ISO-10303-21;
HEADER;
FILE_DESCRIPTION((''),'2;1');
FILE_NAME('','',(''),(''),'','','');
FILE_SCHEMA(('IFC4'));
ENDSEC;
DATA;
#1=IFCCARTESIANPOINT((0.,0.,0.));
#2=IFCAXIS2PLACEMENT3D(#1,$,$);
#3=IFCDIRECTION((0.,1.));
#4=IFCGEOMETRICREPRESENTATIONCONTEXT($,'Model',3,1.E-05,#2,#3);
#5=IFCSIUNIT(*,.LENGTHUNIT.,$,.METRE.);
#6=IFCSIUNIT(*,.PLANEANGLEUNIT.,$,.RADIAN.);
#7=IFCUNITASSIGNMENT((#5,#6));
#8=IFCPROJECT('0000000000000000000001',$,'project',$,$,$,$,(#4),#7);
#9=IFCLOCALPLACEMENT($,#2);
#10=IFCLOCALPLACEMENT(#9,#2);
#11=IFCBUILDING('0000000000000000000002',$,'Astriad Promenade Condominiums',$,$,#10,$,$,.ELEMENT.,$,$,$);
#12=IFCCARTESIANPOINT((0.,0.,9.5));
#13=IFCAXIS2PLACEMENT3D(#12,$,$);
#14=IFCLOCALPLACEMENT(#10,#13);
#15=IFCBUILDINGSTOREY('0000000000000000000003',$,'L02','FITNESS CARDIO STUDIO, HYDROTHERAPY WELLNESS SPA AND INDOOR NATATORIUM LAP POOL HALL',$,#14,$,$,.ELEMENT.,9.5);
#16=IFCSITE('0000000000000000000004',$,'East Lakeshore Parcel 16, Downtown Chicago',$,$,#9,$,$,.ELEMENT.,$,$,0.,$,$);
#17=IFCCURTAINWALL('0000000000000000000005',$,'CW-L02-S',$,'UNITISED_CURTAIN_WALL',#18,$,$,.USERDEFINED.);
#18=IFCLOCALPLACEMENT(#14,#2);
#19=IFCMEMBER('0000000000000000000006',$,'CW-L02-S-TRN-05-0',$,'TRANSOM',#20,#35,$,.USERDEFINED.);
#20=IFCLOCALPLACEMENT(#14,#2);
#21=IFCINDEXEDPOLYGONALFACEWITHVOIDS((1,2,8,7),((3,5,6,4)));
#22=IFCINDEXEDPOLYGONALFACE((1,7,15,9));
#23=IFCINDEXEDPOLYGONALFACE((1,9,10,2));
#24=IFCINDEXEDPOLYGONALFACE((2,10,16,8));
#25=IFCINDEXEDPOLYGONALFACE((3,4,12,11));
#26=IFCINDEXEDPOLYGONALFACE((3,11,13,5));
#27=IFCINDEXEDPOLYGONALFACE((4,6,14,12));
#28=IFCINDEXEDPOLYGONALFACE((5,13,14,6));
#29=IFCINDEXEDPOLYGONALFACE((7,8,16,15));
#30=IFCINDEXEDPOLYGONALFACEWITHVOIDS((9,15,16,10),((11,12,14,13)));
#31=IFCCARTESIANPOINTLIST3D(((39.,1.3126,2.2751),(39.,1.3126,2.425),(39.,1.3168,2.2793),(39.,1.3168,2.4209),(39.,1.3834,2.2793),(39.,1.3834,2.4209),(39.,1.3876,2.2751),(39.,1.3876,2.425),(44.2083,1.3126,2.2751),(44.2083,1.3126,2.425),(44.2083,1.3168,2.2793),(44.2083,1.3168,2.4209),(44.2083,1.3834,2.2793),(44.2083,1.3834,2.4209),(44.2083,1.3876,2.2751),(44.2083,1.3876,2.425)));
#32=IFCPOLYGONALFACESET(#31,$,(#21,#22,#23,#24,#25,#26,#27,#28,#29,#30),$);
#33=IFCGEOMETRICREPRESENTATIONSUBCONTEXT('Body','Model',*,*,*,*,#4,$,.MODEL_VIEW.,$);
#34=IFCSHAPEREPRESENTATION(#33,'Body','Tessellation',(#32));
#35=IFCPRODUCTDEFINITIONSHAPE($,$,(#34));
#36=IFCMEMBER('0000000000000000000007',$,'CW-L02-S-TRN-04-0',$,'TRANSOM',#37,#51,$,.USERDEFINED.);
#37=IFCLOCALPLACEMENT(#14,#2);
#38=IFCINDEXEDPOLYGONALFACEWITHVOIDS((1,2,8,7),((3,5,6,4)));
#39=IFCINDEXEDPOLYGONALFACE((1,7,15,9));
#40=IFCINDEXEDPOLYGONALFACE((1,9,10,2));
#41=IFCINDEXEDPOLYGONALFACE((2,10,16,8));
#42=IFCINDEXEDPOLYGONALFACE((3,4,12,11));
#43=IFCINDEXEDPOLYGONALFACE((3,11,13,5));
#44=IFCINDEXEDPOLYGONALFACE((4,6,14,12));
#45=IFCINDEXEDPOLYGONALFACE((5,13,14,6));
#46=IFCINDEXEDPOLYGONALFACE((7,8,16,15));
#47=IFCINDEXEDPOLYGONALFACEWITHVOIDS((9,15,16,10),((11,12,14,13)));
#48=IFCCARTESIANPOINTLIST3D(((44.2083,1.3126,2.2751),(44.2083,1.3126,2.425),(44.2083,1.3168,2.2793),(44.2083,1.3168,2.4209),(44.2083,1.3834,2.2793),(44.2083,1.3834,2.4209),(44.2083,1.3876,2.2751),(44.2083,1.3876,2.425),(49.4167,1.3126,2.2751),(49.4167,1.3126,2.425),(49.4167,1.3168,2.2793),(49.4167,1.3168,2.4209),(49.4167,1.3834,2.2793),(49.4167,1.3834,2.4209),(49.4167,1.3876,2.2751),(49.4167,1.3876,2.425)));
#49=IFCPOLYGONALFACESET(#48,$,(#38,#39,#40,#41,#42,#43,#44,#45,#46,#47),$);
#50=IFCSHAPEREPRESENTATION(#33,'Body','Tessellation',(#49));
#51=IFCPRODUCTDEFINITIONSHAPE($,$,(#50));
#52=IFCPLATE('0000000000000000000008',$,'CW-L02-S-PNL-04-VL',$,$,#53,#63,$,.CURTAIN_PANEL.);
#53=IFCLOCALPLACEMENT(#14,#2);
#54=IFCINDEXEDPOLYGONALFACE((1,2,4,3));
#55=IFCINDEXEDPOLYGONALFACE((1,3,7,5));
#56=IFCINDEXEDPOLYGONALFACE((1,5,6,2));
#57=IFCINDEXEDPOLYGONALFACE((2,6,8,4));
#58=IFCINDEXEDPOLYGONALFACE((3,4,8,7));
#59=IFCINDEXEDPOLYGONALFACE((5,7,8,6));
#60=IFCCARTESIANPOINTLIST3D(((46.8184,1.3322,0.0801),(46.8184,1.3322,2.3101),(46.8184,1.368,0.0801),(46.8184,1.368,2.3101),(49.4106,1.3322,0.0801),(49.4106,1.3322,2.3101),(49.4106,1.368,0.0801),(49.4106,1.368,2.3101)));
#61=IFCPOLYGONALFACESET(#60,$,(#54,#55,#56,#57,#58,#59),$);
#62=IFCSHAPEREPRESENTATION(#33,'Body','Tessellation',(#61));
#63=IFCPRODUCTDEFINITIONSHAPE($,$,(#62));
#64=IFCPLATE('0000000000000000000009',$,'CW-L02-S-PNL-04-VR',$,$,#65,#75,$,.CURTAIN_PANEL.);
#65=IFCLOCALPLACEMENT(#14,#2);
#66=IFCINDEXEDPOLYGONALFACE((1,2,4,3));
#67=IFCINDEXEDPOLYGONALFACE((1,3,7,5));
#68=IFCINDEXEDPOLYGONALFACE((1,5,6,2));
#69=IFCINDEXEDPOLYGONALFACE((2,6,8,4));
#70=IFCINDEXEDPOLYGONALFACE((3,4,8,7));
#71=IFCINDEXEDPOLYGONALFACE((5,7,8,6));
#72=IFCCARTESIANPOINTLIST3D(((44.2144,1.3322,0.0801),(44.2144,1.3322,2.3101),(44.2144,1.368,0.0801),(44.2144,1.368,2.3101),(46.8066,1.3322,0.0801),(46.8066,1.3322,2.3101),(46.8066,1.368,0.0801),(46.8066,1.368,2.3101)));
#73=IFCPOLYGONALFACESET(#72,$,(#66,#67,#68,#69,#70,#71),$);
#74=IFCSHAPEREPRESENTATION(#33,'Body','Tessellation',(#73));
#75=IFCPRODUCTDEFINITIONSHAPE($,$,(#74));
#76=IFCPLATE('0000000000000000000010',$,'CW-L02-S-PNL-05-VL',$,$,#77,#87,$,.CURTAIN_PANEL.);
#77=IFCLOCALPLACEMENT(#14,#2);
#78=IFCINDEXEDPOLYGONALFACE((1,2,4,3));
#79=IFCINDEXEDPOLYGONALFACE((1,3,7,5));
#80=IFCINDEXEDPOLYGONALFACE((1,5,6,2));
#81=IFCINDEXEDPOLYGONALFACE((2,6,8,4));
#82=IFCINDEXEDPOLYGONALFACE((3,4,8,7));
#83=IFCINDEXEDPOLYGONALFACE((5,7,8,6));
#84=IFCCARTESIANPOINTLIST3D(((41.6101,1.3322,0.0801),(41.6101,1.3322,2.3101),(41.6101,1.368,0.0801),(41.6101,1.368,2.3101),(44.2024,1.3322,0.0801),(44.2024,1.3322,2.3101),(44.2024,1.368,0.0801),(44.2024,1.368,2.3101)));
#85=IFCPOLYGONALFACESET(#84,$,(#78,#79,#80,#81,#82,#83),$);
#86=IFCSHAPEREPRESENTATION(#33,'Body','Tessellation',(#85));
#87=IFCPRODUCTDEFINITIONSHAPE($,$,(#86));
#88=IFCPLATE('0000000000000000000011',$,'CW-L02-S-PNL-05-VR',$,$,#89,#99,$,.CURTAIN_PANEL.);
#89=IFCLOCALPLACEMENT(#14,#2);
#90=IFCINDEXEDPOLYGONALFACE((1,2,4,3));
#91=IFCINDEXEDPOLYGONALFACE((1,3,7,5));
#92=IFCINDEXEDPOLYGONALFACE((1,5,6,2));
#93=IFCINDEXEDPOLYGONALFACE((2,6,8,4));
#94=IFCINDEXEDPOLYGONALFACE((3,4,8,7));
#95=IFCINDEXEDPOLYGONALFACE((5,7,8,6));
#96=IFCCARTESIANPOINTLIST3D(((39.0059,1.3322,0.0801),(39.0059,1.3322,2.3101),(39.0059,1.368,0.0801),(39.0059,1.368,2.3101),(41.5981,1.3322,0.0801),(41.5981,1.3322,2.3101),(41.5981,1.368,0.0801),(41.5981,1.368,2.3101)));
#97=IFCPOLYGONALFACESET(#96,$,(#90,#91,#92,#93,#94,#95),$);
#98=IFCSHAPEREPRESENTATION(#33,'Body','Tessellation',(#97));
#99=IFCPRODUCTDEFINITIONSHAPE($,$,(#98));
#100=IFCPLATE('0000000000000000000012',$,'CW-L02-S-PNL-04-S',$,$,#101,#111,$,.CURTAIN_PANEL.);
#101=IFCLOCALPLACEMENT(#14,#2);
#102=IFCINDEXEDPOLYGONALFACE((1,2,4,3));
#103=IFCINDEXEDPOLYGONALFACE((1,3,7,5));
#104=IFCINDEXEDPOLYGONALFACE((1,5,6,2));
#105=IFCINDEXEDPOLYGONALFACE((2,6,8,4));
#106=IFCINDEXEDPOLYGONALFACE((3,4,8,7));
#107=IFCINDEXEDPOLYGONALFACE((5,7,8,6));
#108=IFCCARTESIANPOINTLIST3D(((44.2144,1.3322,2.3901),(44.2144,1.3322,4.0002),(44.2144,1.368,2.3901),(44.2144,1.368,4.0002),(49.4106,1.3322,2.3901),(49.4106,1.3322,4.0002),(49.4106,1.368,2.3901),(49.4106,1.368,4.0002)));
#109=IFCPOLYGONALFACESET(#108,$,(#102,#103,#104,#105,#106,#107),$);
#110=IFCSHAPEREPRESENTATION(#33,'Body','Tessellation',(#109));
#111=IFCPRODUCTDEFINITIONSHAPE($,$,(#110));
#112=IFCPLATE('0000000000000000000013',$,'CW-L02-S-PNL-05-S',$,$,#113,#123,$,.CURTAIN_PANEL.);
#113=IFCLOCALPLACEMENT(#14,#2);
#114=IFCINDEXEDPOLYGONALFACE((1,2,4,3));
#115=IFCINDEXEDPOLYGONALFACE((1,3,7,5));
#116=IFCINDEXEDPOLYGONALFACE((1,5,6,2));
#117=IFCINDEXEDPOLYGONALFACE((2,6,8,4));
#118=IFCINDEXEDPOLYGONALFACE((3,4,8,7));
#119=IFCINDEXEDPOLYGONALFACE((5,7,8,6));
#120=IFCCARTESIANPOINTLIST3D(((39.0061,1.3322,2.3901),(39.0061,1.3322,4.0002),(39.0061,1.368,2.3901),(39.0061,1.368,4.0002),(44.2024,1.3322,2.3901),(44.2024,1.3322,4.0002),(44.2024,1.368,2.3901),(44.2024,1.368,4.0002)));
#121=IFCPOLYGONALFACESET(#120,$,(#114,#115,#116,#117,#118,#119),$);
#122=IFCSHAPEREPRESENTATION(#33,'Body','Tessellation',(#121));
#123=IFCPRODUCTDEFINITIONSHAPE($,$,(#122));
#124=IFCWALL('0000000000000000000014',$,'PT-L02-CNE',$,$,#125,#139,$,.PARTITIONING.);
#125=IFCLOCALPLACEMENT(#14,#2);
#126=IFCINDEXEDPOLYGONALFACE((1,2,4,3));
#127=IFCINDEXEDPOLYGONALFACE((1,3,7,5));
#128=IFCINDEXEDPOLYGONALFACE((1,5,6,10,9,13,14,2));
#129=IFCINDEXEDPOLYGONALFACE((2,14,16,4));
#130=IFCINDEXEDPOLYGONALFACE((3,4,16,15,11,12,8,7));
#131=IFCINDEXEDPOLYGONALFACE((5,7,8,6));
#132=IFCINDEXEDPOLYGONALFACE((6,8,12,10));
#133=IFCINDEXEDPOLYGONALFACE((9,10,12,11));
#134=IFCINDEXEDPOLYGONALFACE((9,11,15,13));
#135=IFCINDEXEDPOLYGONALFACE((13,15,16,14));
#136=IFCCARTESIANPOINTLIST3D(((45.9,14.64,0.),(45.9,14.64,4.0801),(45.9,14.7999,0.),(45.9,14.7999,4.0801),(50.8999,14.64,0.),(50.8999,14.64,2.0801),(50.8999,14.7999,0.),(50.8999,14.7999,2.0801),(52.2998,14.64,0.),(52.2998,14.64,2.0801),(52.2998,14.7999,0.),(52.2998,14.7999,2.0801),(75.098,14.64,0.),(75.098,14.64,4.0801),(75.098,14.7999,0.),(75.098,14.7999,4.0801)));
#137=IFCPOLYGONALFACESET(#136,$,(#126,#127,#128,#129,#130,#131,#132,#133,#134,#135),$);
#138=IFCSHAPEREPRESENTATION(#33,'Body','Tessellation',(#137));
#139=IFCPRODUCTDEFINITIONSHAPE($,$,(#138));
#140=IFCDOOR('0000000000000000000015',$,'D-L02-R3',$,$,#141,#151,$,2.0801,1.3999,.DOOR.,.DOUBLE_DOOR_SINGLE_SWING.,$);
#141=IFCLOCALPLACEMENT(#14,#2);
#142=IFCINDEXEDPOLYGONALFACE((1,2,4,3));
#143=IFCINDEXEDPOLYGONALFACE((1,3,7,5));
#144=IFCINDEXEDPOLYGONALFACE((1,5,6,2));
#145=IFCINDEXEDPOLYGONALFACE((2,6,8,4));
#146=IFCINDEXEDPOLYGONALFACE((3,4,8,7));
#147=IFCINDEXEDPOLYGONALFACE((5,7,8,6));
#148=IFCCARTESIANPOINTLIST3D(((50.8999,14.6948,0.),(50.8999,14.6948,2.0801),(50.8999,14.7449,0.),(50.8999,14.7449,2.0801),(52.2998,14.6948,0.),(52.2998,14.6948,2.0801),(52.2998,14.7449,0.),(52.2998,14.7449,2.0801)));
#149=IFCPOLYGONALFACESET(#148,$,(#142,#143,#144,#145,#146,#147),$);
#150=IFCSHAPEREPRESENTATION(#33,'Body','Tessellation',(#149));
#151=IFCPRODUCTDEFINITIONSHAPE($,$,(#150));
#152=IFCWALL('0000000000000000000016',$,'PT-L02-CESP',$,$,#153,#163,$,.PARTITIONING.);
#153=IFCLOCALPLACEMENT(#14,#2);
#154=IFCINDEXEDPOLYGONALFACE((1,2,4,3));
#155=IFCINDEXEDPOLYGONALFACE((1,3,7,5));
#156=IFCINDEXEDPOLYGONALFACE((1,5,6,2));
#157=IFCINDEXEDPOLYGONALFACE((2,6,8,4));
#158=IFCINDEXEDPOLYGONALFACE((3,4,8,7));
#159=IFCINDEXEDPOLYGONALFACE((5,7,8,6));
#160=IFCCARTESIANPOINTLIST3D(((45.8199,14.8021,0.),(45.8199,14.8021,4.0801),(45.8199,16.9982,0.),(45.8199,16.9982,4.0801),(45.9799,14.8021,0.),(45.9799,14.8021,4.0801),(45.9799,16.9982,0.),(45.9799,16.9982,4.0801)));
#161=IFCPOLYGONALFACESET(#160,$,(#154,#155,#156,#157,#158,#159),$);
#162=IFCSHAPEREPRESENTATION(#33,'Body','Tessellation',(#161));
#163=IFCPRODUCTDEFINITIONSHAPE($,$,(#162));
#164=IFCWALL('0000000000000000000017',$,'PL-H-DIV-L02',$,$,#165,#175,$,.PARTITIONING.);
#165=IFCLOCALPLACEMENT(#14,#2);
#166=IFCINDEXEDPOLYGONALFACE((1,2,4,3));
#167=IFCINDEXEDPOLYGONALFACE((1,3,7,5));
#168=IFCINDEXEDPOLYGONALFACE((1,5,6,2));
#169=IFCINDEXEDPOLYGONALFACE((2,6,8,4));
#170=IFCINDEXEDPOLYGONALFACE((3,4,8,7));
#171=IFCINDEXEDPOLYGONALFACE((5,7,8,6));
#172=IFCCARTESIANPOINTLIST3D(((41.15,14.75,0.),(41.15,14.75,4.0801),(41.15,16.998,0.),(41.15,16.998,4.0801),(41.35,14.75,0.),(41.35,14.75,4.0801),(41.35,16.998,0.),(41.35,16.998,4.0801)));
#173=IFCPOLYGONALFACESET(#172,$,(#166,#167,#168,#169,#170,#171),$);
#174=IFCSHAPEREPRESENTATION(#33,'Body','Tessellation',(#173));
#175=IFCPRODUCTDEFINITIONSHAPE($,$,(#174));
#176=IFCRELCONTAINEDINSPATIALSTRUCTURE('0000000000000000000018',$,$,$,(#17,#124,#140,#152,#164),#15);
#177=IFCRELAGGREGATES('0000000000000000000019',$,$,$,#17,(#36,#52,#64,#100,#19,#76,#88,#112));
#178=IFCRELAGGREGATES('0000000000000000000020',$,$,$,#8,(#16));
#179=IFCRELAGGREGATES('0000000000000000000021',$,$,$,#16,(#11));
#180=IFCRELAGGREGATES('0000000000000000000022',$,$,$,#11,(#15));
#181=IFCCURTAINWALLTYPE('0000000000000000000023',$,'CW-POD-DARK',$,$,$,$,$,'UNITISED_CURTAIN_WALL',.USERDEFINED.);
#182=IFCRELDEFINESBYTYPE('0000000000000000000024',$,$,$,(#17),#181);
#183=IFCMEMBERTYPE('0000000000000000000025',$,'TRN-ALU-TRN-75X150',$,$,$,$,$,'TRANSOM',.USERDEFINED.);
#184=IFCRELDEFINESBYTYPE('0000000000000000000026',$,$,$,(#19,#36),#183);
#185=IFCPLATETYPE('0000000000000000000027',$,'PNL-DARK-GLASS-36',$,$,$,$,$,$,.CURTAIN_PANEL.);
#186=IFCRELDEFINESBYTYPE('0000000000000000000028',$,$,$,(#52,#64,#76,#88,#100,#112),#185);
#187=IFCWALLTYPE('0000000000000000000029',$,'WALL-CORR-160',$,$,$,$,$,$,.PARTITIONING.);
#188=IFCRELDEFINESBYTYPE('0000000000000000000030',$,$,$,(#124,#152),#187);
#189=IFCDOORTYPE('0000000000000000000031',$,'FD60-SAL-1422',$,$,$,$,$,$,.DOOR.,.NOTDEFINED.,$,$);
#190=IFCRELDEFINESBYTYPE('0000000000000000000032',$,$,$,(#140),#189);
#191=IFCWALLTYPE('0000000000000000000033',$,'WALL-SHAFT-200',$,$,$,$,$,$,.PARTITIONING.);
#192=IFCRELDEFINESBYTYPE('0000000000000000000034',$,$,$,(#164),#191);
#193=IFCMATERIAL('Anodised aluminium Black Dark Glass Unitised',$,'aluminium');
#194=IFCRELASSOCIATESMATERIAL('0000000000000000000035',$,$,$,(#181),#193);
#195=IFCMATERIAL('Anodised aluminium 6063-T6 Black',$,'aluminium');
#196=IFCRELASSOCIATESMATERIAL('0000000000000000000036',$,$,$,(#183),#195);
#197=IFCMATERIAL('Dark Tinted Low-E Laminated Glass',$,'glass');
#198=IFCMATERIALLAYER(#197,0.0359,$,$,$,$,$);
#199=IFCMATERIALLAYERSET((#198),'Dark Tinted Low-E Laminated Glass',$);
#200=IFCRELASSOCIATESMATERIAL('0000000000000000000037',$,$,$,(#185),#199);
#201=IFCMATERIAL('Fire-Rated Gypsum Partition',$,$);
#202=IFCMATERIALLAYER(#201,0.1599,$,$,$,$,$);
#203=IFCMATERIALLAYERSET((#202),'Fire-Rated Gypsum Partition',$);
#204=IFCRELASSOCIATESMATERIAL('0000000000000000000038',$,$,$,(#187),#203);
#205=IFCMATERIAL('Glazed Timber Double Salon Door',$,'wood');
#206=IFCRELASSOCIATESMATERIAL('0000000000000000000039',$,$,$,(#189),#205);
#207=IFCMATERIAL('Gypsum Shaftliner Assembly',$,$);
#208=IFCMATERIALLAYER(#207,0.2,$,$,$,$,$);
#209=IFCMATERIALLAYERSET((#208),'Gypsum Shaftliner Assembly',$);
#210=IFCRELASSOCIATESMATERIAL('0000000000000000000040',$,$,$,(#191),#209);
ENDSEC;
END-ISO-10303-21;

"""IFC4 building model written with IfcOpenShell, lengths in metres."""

from ifc_helpers import new_model, si_unit, direction, frame, frame_2d, origin, origin_2d, place, context, subcontext, project, spatial, rectangle, hollow_rectangle, extrude, source, transform, mapped, material, layer, layer_set, material_profile, profile_set, type_object, type_shapes, element, fill, aggregate, save


model = new_model("IFC4")

# Units and contexts
model_context = context("Model", 3, precision=1e-05, world=origin(), true_north=direction((0.0, 1.0)))
body_context = subcontext(model_context, "Body", "Model", "MODEL_VIEW")
ifc_project = project(units=[si_unit("LENGTHUNIT", "METRE"), si_unit("PLANEANGLEUNIT", "RADIAN")], contexts=[model_context])

# Site, building, storey
site_placement = place(None, origin())
site = spatial("IfcSite", under=ifc_project, at=site_placement, Name="East Lakeshore Parcel 16, Downtown Chicago", CompositionType="ELEMENT", RefElevation=0.0)
building_placement = place(site_placement, origin())
building = spatial("IfcBuilding", under=site, at=building_placement, Name="Astriad Promenade Condominiums", CompositionType="ELEMENT")
storey_placement = place(building_placement, frame((0.0, 0.0, 9.5)))
storey = spatial("IfcBuildingStorey", under=building, at=storey_placement, Name="L02", Description="FITNESS CARDIO STUDIO, HYDROTHERAPY WELLNESS SPA AND INDOOR NATATORIUM LAP POOL HALL", CompositionType="ELEMENT", Elevation=9.5)

# Curtain wall, members, plates
ifc_material_1 = material(Name="Anodised aluminium Black Dark Glass Unitised", Category="aluminium")
curtain_wall_type = type_object("IfcCurtainWallType", Name="CW-POD-DARK", ElementType="UNITISED_CURTAIN_WALL", PredefinedType="USERDEFINED", material=ifc_material_1)
curtain_wall_placement = place(storey_placement, origin())
curtain_wall = element("IfcCurtainWall", 1, at=curtain_wall_placement, inside=storey, type_object=curtain_wall_type, Name="CW-L02-S", ObjectType="UNITISED_CURTAIN_WALL", PredefinedType="USERDEFINED")
ifc_material_2 = material(Name="Anodised aluminium 6063-T6 Black", Category="aluminium")
ifc_material_profile_1 = material_profile(ifc_material_2, hollow_rectangle(XDim=0.075, YDim=0.1499, WallThickness=0.0042, at=origin_2d()), Name="ALU-TRN-75X150")
ifc_profile_set_1 = profile_set([ifc_material_profile_1], Name="Anodised aluminium 6063-T6 Black")
member_type_1 = type_object("IfcMemberType", Name="TRN-ALU-TRN-75X150", ElementType="TRANSOM", PredefinedType="USERDEFINED", material=ifc_profile_set_1)
shared_shape_1 = source(origin(), body_context, "Body", "SweptSolid", [
    extrude(hollow_rectangle(XDim=0.075, YDim=0.1499, WallThickness=0.0042, at=origin_2d()), origin(), (0.0, 0.0, 1.0), 5.2083),
])
member_1_placement = place(storey_placement, frame((44.2083, 1.3501, 2.3501), z_axis=(-1.0, 0.0, 0.0), x_axis=(0.0, -1.0, 0.0)))
member_1 = element("IfcMember", 2, at=member_1_placement, type_object=member_type_1, Name="CW-L02-S-TRN-05-0", ObjectType="TRANSOM", PredefinedType="USERDEFINED", context=body_context, shape_type="MappedRepresentation", body=[
    mapped(shared_shape_1, transform((0.0, 0.0, 0.0), scale=1.0)),
])
shared_shape_2 = source(origin(), body_context, "Body", "SweptSolid", [
    extrude(hollow_rectangle(XDim=0.075, YDim=0.1499, WallThickness=0.0042, at=origin_2d()), origin(), (0.0, 0.0, 1.0), 5.2085),
])
type_shapes(member_type_1, [shared_shape_1, shared_shape_2])
member_2_placement = place(storey_placement, frame((49.4167, 1.3501, 2.3501), z_axis=(-1.0, 0.0, 0.0), x_axis=(0.0, -1.0, 0.0)))
member_2 = element("IfcMember", 3, at=member_2_placement, type_object=member_type_1, Name="CW-L02-S-TRN-04-0", ObjectType="TRANSOM", PredefinedType="USERDEFINED", context=body_context, shape_type="MappedRepresentation", body=[
    mapped(shared_shape_2, transform((0.0, 0.0, 0.0), scale=1.0)),
])
ifc_material_3 = material(Name="Dark Tinted Low-E Laminated Glass", Category="glass")
ifc_layer_1 = layer(ifc_material_3, 0.0359)
ifc_layer_set_1 = layer_set([ifc_layer_1], Name="Dark Tinted Low-E Laminated Glass")
plate_type = type_object("IfcPlateType", Name="PNL-DARK-GLASS-36", PredefinedType="CURTAIN_PANEL", material=ifc_layer_set_1)
shared_shape_3 = source(origin(), body_context, "Body", "SweptSolid", [
    extrude(rectangle(XDim=2.5923, YDim=0.0359, at=origin_2d()), origin(), (0.0, 0.0, 1.0), 2.23),
])
plate_1_placement = place(storey_placement, frame((48.1145, 1.3501, 0.0801), z_axis=(0.0, 0.0, 1.0), x_axis=(-1.0, 0.0, 0.0)))
plate_1 = element("IfcPlate", 4, at=plate_1_placement, type_object=plate_type, Name="CW-L02-S-PNL-04-VL", PredefinedType="CURTAIN_PANEL", context=body_context, shape_type="MappedRepresentation", body=[
    mapped(shared_shape_3, transform((0.0, 0.0, 0.0), scale=1.0)),
])
plate_2_placement = place(storey_placement, frame((45.5105, 1.3501, 0.0801), z_axis=(0.0, 0.0, 1.0), x_axis=(-1.0, 0.0, 0.0)))
plate_2 = element("IfcPlate", 5, at=plate_2_placement, type_object=plate_type, Name="CW-L02-S-PNL-04-VR", PredefinedType="CURTAIN_PANEL", context=body_context, shape_type="MappedRepresentation", body=[
    mapped(shared_shape_3, transform((0.0, 0.0, 0.0), scale=1.0)),
])
plate_3_placement = place(storey_placement, frame((42.9062, 1.3501, 0.0801), z_axis=(0.0, 0.0, 1.0), x_axis=(-1.0, 0.0, 0.0)))
plate_3 = element("IfcPlate", 6, at=plate_3_placement, type_object=plate_type, Name="CW-L02-S-PNL-05-VL", PredefinedType="CURTAIN_PANEL", context=body_context, shape_type="MappedRepresentation", body=[
    mapped(shared_shape_3, transform((0.0, 0.0, 0.0), scale=1.0)),
])
plate_4_placement = place(storey_placement, frame((40.302, 1.3501, 0.0801), z_axis=(0.0, 0.0, 1.0), x_axis=(-1.0, 0.0, 0.0)))
plate_4 = element("IfcPlate", 7, at=plate_4_placement, type_object=plate_type, Name="CW-L02-S-PNL-05-VR", PredefinedType="CURTAIN_PANEL", context=body_context, shape_type="MappedRepresentation", body=[
    mapped(shared_shape_3, transform((0.0, 0.0, 0.0), scale=1.0)),
])
shared_shape_4 = source(origin(), body_context, "Body", "SweptSolid", [
    extrude(rectangle(XDim=5.1963, YDim=0.0359, at=origin_2d()), origin(), (0.0, 0.0, 1.0), 1.6101),
])
type_shapes(plate_type, [shared_shape_3, shared_shape_4])
plate_5_placement = place(storey_placement, frame((46.8125, 1.3501, 2.3901), z_axis=(0.0, 0.0, 1.0), x_axis=(-1.0, 0.0, 0.0)))
plate_5 = element("IfcPlate", 8, at=plate_5_placement, type_object=plate_type, Name="CW-L02-S-PNL-04-S", PredefinedType="CURTAIN_PANEL", context=body_context, shape_type="MappedRepresentation", body=[
    mapped(shared_shape_4, transform((0.0, 0.0, 0.0), scale=1.0)),
])
plate_6_placement = place(storey_placement, frame((41.6042, 1.3501, 2.3901), z_axis=(0.0, 0.0, 1.0), x_axis=(-1.0, 0.0, 0.0)))
plate_6 = element("IfcPlate", 9, at=plate_6_placement, type_object=plate_type, Name="CW-L02-S-PNL-05-S", PredefinedType="CURTAIN_PANEL", context=body_context, shape_type="MappedRepresentation", body=[
    mapped(shared_shape_4, transform((0.0, 0.0, 0.0), scale=1.0)),
])
aggregate(curtain_wall, [member_2, plate_1, plate_2, plate_5, member_1, plate_3, plate_4, plate_6])

# Wall, opening, door
ifc_material_4 = material(Name="Fire-Rated Gypsum Partition")
ifc_layer_2 = layer(ifc_material_4, 0.1599)
ifc_layer_set_2 = layer_set([ifc_layer_2], Name="Fire-Rated Gypsum Partition")
wall_type_1 = type_object("IfcWallType", Name="WALL-CORR-160", PredefinedType="PARTITIONING", material=ifc_layer_set_2)
wall_1_placement = place(storey_placement, frame((45.8999, 14.72, 0.0), z_axis=(0.0, 0.0, 1.0), x_axis=(1.0, 0.0, 0.0)))
wall_1 = element("IfcWall", 10, at=wall_1_placement, inside=storey, type_object=wall_type_1, Name="PT-L02-CNE", PredefinedType="PARTITIONING", context=body_context, shape_type="SweptSolid", body=[
    extrude(rectangle(XDim=29.198, YDim=0.1599, at=frame_2d((14.5991, 0.0))), origin(), (0.0, 0.0, 1.0), 4.0801),
])
opening_placement = place(wall_1_placement, frame((5.0, 0.0, 0.0)))
opening = element("IfcOpeningElement", 11, at=opening_placement, cuts=wall_1, PredefinedType="OPENING", context=body_context, shape_type="SweptSolid", body=[
    extrude(rectangle(XDim=1.3999, YDim=2.0801, at=frame_2d((0.7, 1.04))), frame((0.0, 0.0898, 0.0), z_axis=(0.0, -1.0, 0.0), x_axis=(1.0, 0.0, 0.0)), (0.0, 0.0, 1.0), 0.1799),
])
ifc_material_5 = material(Name="Glazed Timber Double Salon Door", Category="wood")
door_type = type_object("IfcDoorType", Name="FD60-SAL-1422", OperationType="NOTDEFINED", PredefinedType="DOOR", material=ifc_material_5)
shared_shape_5 = source(origin(), body_context, "Body", "SweptSolid", [
    extrude(rectangle(XDim=1.3999, YDim=2.0801, at=frame_2d((0.7, 1.04))), frame((0.0, 0.0249, 0.0), z_axis=(0.0, -1.0, 0.0), x_axis=(1.0, 0.0, 0.0)), (0.0, 0.0, 1.0), 0.05),
])
type_shapes(door_type, [shared_shape_5])
door_placement = place(opening_placement, origin())
door = element("IfcDoor", 12, at=door_placement, inside=storey, type_object=door_type, Name="D-L02-R3", OperationType="DOUBLE_DOOR_SINGLE_SWING", OverallHeight=2.0801, OverallWidth=1.3999, PredefinedType="DOOR", context=body_context, shape_type="MappedRepresentation", body=[
    mapped(shared_shape_5, transform((0.0, 0.0, 0.0), scale=1.0)),
])
fill(opening, door)

# Walls
wall_2_placement = place(storey_placement, frame((45.8999, 14.802, 0.0), z_axis=(0.0, 0.0, 1.0), x_axis=(0.0, 1.0, 0.0)))
element("IfcWall", 13, at=wall_2_placement, inside=storey, type_object=wall_type_1, Name="PT-L02-CESP", PredefinedType="PARTITIONING", context=body_context, shape_type="SweptSolid", body=[
    extrude(rectangle(XDim=2.196, YDim=0.1599, at=frame_2d((1.0981, 0.0))), origin(), (0.0, 0.0, 1.0), 4.0801),
])
ifc_material_6 = material(Name="Gypsum Shaftliner Assembly")
ifc_layer_3 = layer(ifc_material_6, 0.2)
ifc_layer_set_3 = layer_set([ifc_layer_3], Name="Gypsum Shaftliner Assembly")
wall_type_2 = type_object("IfcWallType", Name="WALL-SHAFT-200", PredefinedType="PARTITIONING", material=ifc_layer_set_3)
for number, where, z_axis, x_axis, name in (
    (14, (41.25, 14.75, 0.0), (0.0, 0.0, 1.0), (0.0, 1.0, 0.0), "PL-H-DIV-L02"),
):
    element("IfcWall", number, at=place(storey_placement, frame(where, z_axis=z_axis, x_axis=x_axis)), inside=storey, type_object=wall_type_2, Name=name, PredefinedType="PARTITIONING", context=body_context, shape_type="SweptSolid", body=[
        extrude(rectangle(XDim=2.248, YDim=0.2, at=frame_2d((1.124, 0.0))), origin(), (0.0, 0.0, 1.0), 4.0801),
    ])

save(model, "model.ifc")
